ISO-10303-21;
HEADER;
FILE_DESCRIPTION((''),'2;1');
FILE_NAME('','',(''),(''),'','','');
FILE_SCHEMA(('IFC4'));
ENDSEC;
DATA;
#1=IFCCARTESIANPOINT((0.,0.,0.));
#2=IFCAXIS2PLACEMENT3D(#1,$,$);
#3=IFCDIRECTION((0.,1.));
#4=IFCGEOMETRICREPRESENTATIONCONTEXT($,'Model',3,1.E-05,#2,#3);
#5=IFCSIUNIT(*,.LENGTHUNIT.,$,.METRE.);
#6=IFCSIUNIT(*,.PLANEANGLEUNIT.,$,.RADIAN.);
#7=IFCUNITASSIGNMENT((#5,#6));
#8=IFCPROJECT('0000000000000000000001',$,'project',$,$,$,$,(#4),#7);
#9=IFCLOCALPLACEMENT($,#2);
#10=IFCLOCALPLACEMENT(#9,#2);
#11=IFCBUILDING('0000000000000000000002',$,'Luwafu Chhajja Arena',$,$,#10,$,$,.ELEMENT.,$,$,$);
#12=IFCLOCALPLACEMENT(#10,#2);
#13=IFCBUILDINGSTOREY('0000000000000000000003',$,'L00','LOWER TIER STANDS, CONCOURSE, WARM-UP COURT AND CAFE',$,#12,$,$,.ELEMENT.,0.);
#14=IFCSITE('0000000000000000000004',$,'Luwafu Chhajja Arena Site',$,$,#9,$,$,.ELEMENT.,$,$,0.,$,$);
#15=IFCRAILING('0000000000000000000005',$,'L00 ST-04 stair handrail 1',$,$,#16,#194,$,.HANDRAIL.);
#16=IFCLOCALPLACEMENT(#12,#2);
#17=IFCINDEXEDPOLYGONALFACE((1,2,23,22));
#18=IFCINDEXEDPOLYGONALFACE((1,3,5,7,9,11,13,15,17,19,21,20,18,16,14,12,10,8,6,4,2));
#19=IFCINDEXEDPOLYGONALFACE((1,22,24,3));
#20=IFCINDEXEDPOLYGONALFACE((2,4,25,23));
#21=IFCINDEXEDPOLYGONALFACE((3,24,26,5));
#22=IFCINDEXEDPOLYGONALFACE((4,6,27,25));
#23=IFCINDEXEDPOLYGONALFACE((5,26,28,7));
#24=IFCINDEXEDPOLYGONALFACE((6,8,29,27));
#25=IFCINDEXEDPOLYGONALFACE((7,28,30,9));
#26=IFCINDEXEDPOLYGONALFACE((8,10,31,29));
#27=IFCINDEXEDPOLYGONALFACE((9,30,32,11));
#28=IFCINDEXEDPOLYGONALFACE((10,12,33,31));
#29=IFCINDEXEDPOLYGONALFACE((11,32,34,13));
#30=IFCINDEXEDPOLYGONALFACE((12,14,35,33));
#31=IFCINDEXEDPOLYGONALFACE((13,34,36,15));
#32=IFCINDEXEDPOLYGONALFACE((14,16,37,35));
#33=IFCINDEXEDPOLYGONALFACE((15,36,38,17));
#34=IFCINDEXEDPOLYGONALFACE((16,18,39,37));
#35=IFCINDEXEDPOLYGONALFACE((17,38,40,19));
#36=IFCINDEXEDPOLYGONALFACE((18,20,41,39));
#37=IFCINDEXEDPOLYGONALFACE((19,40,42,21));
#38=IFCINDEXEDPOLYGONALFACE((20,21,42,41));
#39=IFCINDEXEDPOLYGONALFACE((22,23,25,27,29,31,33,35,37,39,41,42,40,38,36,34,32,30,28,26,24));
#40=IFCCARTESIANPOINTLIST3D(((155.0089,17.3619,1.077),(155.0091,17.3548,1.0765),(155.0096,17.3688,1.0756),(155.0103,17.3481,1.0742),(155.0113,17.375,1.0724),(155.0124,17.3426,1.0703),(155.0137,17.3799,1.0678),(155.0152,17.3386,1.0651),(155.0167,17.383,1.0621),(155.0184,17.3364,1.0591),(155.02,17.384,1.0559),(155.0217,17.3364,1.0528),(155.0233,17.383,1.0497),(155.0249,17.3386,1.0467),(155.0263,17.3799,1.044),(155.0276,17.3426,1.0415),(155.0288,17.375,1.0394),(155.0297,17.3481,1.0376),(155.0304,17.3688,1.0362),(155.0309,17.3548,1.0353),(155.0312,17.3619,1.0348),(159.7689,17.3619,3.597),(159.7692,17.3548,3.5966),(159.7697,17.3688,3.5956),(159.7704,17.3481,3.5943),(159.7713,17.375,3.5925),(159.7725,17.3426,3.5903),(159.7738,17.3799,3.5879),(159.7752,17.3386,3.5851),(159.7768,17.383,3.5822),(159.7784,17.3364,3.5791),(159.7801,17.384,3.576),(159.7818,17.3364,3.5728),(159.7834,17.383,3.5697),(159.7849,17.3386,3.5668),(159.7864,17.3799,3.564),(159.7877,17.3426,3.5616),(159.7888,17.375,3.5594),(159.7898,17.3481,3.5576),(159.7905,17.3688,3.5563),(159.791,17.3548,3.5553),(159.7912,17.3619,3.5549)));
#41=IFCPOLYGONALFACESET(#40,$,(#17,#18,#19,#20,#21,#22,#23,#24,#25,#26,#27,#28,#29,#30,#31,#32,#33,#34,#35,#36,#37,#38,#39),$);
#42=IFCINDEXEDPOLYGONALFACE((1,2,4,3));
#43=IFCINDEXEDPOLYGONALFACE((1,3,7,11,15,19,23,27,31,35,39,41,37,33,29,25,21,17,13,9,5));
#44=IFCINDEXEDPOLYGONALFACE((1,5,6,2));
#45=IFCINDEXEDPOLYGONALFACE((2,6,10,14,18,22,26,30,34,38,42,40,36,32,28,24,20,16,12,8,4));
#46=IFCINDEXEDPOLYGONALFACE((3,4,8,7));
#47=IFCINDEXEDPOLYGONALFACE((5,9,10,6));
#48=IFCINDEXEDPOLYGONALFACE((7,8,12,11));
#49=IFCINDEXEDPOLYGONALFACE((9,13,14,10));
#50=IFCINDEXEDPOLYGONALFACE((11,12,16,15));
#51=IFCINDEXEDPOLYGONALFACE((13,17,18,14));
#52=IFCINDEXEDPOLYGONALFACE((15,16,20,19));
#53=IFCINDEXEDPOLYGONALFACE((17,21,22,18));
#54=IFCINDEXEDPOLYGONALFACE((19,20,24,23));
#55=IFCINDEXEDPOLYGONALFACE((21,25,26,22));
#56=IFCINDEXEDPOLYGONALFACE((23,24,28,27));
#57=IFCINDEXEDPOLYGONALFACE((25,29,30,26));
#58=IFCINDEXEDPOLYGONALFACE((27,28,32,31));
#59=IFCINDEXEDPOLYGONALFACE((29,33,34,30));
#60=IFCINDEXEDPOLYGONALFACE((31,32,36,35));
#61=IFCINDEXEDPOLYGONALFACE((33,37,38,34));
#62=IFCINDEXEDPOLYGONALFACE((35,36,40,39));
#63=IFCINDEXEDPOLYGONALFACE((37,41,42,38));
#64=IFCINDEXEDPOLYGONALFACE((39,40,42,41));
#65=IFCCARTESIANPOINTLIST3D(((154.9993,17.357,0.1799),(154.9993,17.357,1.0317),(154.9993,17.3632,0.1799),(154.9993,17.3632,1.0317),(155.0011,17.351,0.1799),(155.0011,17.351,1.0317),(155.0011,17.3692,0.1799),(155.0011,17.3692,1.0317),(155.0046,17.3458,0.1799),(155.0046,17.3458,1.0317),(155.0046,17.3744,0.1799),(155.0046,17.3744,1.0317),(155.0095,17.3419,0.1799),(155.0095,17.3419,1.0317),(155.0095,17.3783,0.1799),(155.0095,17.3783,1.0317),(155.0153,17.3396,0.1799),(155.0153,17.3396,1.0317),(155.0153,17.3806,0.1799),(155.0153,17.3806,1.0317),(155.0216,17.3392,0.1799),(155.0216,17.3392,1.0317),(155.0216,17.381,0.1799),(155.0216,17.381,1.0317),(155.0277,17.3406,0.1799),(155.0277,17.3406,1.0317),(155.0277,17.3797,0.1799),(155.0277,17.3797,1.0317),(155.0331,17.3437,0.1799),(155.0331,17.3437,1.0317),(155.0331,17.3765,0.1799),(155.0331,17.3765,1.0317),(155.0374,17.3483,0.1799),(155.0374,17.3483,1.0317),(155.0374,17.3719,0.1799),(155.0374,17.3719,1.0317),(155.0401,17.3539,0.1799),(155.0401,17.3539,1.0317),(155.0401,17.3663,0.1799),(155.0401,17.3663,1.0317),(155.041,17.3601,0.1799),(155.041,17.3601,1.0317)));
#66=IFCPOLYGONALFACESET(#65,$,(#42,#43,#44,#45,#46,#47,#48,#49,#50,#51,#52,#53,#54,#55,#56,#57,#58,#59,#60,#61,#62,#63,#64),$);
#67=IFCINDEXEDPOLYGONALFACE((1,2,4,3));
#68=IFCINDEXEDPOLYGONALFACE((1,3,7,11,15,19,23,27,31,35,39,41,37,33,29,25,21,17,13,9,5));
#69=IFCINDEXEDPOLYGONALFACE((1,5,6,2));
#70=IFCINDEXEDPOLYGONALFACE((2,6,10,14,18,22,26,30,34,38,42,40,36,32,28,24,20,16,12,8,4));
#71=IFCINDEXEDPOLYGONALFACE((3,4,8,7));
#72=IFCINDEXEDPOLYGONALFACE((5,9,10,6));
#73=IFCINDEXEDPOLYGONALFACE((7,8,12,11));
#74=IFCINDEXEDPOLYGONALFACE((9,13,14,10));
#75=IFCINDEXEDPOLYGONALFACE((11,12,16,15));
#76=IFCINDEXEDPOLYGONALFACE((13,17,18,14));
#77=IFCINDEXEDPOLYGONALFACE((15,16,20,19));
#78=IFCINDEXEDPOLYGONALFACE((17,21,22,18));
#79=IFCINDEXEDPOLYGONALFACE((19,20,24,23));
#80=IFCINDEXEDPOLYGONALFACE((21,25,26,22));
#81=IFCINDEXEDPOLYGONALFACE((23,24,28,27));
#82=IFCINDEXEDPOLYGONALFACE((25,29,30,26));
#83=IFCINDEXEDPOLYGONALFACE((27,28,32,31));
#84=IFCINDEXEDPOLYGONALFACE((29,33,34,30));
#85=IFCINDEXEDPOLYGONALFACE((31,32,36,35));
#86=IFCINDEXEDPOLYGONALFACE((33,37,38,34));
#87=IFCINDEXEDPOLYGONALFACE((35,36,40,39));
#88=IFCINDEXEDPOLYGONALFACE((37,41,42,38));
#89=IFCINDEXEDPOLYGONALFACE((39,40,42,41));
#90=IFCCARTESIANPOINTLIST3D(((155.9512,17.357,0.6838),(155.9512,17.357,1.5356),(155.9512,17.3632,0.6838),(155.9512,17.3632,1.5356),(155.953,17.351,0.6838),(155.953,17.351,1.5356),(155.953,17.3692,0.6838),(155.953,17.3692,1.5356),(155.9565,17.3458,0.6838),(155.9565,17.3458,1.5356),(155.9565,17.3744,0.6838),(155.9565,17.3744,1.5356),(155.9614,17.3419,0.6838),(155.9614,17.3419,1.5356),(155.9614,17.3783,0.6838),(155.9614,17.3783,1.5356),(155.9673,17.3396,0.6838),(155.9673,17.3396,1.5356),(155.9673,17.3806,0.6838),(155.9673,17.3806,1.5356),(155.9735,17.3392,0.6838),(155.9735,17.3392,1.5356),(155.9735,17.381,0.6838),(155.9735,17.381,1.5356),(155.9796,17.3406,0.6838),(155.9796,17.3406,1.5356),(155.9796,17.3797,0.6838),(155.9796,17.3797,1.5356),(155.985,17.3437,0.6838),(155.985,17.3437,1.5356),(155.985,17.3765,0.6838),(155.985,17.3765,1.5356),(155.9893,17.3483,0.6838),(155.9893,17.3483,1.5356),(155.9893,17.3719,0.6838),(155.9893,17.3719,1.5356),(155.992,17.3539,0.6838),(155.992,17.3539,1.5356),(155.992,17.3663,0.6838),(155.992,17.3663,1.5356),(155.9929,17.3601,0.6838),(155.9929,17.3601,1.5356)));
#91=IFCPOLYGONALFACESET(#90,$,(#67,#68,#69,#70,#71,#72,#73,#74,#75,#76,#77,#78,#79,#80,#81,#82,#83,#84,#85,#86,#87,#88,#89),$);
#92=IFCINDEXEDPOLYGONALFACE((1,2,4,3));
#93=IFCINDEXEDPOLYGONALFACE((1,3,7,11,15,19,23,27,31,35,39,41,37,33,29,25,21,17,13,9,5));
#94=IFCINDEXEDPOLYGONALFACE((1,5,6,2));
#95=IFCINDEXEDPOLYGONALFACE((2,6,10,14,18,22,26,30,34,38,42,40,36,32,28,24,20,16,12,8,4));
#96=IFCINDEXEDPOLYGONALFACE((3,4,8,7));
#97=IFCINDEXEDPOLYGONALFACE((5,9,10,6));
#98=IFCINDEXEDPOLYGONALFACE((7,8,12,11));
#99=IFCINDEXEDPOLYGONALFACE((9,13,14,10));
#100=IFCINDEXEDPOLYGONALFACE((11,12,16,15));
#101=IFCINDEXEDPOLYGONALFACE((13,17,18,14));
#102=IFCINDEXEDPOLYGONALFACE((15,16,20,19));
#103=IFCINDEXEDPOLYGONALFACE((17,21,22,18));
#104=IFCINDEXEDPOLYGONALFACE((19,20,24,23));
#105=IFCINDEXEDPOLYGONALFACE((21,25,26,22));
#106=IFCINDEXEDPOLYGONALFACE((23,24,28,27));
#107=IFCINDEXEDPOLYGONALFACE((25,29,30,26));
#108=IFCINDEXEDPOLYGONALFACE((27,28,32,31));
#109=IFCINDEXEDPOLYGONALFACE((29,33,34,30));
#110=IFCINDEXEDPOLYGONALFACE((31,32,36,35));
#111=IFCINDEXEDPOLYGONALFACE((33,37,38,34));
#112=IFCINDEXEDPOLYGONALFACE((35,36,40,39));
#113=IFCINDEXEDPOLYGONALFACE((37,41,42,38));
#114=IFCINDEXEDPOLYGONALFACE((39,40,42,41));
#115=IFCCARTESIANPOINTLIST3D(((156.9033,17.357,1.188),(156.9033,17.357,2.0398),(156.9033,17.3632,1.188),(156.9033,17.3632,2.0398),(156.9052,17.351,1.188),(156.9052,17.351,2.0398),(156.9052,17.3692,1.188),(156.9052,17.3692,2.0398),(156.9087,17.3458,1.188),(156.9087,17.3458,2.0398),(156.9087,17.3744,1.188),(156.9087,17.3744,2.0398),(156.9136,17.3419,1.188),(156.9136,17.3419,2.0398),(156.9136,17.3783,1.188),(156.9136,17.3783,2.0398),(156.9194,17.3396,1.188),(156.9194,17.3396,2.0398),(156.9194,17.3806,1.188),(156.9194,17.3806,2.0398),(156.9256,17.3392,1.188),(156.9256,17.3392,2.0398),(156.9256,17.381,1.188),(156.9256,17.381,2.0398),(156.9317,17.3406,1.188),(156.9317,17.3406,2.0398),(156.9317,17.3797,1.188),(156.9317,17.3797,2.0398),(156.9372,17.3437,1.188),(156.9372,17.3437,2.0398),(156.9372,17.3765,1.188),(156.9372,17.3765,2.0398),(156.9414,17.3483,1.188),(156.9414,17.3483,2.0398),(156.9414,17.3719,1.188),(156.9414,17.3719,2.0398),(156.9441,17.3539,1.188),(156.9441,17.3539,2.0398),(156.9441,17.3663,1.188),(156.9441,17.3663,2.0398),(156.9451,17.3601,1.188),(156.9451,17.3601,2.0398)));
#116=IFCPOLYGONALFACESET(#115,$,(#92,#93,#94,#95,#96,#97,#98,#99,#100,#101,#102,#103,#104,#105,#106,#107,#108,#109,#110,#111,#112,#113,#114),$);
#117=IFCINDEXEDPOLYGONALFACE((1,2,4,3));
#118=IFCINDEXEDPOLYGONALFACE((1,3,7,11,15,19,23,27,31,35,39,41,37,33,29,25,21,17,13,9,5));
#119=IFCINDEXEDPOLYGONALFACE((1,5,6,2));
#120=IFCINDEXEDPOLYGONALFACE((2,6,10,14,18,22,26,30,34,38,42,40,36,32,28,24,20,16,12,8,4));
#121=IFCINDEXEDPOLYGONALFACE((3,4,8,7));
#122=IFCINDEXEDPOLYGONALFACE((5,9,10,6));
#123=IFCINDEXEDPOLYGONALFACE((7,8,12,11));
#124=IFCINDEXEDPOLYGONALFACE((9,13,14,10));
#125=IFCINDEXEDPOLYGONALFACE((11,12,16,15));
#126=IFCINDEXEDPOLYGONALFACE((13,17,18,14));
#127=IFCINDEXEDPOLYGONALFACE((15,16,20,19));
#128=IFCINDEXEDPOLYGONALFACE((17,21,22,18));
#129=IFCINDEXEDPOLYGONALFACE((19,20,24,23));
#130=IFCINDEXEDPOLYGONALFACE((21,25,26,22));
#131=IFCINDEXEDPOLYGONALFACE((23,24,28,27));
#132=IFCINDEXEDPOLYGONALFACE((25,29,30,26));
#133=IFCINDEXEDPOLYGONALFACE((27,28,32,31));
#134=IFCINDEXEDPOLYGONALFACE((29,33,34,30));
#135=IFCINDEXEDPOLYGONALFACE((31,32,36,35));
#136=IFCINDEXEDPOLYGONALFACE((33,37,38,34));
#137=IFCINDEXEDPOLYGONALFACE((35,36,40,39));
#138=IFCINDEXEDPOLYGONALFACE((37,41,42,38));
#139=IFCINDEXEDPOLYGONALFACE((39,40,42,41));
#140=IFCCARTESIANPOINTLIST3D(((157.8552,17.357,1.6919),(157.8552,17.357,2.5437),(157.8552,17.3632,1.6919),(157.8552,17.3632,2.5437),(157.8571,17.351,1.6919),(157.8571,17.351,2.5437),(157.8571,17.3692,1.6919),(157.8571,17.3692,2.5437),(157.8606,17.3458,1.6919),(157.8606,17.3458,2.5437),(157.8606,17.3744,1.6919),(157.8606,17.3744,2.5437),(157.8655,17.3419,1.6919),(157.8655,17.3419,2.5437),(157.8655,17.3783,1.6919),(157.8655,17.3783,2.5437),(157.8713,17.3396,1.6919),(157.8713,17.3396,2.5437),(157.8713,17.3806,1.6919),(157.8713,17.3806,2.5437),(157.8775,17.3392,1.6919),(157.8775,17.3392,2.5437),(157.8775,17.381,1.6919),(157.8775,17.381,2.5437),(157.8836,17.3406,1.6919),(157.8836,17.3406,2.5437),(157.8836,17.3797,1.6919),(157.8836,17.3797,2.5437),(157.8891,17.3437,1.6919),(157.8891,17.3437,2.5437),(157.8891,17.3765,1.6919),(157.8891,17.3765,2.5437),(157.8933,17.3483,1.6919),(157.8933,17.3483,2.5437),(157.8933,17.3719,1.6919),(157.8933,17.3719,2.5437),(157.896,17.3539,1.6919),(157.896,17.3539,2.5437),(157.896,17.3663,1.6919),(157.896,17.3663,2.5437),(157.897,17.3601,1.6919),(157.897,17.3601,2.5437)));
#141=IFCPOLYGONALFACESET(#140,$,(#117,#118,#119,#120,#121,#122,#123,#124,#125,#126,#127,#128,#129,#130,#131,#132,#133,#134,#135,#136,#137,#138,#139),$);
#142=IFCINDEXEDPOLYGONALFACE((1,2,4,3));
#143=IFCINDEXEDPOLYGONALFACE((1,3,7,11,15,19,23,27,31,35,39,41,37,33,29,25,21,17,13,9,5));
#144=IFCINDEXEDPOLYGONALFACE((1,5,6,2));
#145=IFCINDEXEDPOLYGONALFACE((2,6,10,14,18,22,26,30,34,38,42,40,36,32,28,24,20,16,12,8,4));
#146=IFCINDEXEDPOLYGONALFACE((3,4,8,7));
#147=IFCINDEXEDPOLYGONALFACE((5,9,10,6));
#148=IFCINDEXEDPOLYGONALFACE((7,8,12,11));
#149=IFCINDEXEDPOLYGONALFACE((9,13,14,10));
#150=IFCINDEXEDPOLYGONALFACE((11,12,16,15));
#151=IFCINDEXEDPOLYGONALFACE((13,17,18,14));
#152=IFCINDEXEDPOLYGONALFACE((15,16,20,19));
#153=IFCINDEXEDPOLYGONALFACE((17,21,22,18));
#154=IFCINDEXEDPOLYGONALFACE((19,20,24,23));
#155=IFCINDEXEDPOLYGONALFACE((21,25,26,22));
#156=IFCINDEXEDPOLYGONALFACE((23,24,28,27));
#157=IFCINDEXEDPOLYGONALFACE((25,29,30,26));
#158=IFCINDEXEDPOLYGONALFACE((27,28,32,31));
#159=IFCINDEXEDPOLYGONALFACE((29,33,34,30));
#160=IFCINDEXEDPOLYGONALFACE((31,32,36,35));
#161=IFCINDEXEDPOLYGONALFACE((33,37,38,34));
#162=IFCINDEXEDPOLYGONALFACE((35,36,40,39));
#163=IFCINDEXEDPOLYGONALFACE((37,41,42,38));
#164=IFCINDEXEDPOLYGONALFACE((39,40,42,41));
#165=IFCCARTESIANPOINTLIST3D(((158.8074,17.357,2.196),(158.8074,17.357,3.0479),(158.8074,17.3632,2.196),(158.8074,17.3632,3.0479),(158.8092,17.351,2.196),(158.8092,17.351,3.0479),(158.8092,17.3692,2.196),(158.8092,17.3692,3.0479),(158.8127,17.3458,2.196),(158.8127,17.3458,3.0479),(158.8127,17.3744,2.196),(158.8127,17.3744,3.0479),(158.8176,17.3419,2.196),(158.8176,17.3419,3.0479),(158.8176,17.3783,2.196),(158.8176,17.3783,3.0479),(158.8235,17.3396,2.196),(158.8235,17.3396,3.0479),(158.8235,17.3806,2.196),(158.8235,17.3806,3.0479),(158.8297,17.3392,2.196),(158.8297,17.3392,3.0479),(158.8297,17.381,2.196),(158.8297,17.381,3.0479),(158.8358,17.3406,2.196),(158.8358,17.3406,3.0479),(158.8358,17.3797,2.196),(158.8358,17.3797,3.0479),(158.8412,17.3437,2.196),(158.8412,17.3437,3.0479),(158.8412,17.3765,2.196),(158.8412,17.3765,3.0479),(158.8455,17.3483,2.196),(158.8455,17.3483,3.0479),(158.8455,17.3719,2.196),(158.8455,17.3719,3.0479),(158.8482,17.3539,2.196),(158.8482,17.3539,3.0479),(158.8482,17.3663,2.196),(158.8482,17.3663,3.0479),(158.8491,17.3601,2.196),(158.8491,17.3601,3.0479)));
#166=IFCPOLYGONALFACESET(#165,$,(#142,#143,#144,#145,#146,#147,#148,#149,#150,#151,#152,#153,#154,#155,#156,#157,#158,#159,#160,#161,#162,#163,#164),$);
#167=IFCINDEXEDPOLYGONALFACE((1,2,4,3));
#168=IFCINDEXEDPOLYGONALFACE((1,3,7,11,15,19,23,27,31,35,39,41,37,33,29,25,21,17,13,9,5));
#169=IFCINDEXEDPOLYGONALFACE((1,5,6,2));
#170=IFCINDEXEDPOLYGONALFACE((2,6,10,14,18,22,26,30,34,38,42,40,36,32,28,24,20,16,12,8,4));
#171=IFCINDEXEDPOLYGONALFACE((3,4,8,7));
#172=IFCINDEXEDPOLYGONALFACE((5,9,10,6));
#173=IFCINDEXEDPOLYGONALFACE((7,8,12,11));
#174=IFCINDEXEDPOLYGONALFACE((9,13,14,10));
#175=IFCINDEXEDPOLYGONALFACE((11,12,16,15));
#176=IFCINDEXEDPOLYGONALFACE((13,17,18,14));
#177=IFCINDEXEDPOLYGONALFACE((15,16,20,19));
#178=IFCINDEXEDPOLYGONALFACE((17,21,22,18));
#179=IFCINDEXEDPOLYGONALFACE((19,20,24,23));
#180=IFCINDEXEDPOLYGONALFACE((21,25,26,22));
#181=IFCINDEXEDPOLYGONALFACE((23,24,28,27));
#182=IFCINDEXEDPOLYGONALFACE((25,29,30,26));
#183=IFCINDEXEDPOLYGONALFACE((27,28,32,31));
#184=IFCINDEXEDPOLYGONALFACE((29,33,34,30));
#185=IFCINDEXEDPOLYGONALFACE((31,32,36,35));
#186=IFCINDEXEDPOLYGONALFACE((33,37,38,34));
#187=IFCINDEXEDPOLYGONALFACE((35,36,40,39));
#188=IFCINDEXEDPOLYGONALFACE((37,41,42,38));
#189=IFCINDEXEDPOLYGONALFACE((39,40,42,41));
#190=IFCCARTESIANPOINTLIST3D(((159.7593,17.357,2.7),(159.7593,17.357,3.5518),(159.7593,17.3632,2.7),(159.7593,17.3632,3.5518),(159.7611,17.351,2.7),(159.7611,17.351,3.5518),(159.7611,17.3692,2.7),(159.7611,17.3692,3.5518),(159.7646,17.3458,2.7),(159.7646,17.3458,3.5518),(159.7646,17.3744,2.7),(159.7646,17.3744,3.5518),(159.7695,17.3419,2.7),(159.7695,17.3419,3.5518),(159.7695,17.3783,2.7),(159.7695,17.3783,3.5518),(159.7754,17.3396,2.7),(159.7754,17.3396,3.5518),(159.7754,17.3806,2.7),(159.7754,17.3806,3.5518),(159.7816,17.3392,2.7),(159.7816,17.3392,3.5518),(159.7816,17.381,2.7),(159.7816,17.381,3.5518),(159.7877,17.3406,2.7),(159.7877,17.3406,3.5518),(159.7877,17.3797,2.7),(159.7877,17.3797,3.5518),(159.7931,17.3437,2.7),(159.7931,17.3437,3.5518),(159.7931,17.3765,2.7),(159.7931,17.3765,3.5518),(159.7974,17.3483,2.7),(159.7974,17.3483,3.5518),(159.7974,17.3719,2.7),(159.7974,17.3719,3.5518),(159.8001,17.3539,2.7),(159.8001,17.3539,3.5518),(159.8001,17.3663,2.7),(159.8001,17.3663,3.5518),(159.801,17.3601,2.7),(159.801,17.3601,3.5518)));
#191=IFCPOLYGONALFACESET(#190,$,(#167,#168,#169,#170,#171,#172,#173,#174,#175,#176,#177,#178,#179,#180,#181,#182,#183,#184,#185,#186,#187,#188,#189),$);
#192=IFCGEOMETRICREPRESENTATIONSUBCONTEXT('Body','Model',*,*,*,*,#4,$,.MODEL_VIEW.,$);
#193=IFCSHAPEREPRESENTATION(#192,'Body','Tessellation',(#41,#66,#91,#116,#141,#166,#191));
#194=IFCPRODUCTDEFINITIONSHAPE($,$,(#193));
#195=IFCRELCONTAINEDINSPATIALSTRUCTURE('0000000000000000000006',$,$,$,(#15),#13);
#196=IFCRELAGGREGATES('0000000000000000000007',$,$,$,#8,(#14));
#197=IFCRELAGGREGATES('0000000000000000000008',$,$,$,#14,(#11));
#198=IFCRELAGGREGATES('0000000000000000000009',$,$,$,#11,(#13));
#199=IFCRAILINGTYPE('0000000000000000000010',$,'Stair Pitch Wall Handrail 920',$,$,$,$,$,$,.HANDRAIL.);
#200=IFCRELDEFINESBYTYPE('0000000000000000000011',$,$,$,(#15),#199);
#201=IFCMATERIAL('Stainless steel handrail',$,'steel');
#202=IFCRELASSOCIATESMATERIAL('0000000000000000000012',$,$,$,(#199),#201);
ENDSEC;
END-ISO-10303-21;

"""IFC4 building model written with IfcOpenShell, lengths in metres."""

from ifc_helpers import new_model, si_unit, direction, frame, origin, origin_2d, place, context, subcontext, project, spatial, circle, extrude, material, type_object, element, save


model = new_model("IFC4")

# Units and contexts
model_context = context("Model", 3, precision=1e-05, world=origin(), true_north=direction((0.0, 1.0)))
body_context = subcontext(model_context, "Body", "Model", "MODEL_VIEW")
ifc_project = project(units=[si_unit("LENGTHUNIT", "METRE"), si_unit("PLANEANGLEUNIT", "RADIAN")], contexts=[model_context])

# Site, building, storey
site_placement = place(None, origin())
site = spatial("IfcSite", under=ifc_project, at=site_placement, Name="Luwafu Chhajja Arena Site", CompositionType="ELEMENT", RefElevation=0.0)
building_placement = place(site_placement, origin())
building = spatial("IfcBuilding", under=site, at=building_placement, Name="Luwafu Chhajja Arena", CompositionType="ELEMENT")
storey_placement = place(building_placement, origin())
storey = spatial("IfcBuildingStorey", under=building, at=storey_placement, Name="L00", Description="LOWER TIER STANDS, CONCOURSE, WARM-UP COURT AND CAFE", CompositionType="ELEMENT", Elevation=0.0)

# Railing
ifc_material_1 = material(Name="Stainless steel handrail", Category="steel")
railing_type_1 = type_object("IfcRailingType", Name="Stair Pitch Wall Handrail 920", PredefinedType="HANDRAIL", material=ifc_material_1)
railing_1_placement = place(storey_placement, frame((155.02, 17.3601, 0.1799)))
element("IfcRailing", 1, at=railing_1_placement, inside=storey, type_object=railing_type_1, Name="L00 ST-04 stair handrail 1", PredefinedType="HANDRAIL", context=body_context, shape_type="SweptSolid", body=[
    extrude(circle(Radius=0.0239, at=origin_2d()), frame((0.0, 0.0, 0.876), z_axis=(0.883787, 0.0, 0.46789), x_axis=(0.0, 1.0, 0.0)), (0.0, 0.0, 1.0), 5.386),
    extrude(circle(Radius=0.021, at=origin_2d()), origin(), (0.0, 0.0, 1.0), 0.8518),
    extrude(circle(Radius=0.021, at=origin_2d()), frame((0.9519, 0.0, 0.5039)), (0.0, 0.0, 1.0), 0.8518),
    extrude(circle(Radius=0.021, at=origin_2d()), frame((1.9041, 0.0, 1.0081)), (0.0, 0.0, 1.0), 0.8518),
    extrude(circle(Radius=0.021, at=origin_2d()), frame((2.856, 0.0, 1.512)), (0.0, 0.0, 1.0), 0.8518),
    extrude(circle(Radius=0.021, at=origin_2d()), frame((3.8081, 0.0, 2.0161)), (0.0, 0.0, 1.0), 0.8518),
    extrude(circle(Radius=0.021, at=origin_2d()), frame((4.76, 0.0, 2.52)), (0.0, 0.0, 1.0), 0.8518),
])

save(model, "model.ifc")
